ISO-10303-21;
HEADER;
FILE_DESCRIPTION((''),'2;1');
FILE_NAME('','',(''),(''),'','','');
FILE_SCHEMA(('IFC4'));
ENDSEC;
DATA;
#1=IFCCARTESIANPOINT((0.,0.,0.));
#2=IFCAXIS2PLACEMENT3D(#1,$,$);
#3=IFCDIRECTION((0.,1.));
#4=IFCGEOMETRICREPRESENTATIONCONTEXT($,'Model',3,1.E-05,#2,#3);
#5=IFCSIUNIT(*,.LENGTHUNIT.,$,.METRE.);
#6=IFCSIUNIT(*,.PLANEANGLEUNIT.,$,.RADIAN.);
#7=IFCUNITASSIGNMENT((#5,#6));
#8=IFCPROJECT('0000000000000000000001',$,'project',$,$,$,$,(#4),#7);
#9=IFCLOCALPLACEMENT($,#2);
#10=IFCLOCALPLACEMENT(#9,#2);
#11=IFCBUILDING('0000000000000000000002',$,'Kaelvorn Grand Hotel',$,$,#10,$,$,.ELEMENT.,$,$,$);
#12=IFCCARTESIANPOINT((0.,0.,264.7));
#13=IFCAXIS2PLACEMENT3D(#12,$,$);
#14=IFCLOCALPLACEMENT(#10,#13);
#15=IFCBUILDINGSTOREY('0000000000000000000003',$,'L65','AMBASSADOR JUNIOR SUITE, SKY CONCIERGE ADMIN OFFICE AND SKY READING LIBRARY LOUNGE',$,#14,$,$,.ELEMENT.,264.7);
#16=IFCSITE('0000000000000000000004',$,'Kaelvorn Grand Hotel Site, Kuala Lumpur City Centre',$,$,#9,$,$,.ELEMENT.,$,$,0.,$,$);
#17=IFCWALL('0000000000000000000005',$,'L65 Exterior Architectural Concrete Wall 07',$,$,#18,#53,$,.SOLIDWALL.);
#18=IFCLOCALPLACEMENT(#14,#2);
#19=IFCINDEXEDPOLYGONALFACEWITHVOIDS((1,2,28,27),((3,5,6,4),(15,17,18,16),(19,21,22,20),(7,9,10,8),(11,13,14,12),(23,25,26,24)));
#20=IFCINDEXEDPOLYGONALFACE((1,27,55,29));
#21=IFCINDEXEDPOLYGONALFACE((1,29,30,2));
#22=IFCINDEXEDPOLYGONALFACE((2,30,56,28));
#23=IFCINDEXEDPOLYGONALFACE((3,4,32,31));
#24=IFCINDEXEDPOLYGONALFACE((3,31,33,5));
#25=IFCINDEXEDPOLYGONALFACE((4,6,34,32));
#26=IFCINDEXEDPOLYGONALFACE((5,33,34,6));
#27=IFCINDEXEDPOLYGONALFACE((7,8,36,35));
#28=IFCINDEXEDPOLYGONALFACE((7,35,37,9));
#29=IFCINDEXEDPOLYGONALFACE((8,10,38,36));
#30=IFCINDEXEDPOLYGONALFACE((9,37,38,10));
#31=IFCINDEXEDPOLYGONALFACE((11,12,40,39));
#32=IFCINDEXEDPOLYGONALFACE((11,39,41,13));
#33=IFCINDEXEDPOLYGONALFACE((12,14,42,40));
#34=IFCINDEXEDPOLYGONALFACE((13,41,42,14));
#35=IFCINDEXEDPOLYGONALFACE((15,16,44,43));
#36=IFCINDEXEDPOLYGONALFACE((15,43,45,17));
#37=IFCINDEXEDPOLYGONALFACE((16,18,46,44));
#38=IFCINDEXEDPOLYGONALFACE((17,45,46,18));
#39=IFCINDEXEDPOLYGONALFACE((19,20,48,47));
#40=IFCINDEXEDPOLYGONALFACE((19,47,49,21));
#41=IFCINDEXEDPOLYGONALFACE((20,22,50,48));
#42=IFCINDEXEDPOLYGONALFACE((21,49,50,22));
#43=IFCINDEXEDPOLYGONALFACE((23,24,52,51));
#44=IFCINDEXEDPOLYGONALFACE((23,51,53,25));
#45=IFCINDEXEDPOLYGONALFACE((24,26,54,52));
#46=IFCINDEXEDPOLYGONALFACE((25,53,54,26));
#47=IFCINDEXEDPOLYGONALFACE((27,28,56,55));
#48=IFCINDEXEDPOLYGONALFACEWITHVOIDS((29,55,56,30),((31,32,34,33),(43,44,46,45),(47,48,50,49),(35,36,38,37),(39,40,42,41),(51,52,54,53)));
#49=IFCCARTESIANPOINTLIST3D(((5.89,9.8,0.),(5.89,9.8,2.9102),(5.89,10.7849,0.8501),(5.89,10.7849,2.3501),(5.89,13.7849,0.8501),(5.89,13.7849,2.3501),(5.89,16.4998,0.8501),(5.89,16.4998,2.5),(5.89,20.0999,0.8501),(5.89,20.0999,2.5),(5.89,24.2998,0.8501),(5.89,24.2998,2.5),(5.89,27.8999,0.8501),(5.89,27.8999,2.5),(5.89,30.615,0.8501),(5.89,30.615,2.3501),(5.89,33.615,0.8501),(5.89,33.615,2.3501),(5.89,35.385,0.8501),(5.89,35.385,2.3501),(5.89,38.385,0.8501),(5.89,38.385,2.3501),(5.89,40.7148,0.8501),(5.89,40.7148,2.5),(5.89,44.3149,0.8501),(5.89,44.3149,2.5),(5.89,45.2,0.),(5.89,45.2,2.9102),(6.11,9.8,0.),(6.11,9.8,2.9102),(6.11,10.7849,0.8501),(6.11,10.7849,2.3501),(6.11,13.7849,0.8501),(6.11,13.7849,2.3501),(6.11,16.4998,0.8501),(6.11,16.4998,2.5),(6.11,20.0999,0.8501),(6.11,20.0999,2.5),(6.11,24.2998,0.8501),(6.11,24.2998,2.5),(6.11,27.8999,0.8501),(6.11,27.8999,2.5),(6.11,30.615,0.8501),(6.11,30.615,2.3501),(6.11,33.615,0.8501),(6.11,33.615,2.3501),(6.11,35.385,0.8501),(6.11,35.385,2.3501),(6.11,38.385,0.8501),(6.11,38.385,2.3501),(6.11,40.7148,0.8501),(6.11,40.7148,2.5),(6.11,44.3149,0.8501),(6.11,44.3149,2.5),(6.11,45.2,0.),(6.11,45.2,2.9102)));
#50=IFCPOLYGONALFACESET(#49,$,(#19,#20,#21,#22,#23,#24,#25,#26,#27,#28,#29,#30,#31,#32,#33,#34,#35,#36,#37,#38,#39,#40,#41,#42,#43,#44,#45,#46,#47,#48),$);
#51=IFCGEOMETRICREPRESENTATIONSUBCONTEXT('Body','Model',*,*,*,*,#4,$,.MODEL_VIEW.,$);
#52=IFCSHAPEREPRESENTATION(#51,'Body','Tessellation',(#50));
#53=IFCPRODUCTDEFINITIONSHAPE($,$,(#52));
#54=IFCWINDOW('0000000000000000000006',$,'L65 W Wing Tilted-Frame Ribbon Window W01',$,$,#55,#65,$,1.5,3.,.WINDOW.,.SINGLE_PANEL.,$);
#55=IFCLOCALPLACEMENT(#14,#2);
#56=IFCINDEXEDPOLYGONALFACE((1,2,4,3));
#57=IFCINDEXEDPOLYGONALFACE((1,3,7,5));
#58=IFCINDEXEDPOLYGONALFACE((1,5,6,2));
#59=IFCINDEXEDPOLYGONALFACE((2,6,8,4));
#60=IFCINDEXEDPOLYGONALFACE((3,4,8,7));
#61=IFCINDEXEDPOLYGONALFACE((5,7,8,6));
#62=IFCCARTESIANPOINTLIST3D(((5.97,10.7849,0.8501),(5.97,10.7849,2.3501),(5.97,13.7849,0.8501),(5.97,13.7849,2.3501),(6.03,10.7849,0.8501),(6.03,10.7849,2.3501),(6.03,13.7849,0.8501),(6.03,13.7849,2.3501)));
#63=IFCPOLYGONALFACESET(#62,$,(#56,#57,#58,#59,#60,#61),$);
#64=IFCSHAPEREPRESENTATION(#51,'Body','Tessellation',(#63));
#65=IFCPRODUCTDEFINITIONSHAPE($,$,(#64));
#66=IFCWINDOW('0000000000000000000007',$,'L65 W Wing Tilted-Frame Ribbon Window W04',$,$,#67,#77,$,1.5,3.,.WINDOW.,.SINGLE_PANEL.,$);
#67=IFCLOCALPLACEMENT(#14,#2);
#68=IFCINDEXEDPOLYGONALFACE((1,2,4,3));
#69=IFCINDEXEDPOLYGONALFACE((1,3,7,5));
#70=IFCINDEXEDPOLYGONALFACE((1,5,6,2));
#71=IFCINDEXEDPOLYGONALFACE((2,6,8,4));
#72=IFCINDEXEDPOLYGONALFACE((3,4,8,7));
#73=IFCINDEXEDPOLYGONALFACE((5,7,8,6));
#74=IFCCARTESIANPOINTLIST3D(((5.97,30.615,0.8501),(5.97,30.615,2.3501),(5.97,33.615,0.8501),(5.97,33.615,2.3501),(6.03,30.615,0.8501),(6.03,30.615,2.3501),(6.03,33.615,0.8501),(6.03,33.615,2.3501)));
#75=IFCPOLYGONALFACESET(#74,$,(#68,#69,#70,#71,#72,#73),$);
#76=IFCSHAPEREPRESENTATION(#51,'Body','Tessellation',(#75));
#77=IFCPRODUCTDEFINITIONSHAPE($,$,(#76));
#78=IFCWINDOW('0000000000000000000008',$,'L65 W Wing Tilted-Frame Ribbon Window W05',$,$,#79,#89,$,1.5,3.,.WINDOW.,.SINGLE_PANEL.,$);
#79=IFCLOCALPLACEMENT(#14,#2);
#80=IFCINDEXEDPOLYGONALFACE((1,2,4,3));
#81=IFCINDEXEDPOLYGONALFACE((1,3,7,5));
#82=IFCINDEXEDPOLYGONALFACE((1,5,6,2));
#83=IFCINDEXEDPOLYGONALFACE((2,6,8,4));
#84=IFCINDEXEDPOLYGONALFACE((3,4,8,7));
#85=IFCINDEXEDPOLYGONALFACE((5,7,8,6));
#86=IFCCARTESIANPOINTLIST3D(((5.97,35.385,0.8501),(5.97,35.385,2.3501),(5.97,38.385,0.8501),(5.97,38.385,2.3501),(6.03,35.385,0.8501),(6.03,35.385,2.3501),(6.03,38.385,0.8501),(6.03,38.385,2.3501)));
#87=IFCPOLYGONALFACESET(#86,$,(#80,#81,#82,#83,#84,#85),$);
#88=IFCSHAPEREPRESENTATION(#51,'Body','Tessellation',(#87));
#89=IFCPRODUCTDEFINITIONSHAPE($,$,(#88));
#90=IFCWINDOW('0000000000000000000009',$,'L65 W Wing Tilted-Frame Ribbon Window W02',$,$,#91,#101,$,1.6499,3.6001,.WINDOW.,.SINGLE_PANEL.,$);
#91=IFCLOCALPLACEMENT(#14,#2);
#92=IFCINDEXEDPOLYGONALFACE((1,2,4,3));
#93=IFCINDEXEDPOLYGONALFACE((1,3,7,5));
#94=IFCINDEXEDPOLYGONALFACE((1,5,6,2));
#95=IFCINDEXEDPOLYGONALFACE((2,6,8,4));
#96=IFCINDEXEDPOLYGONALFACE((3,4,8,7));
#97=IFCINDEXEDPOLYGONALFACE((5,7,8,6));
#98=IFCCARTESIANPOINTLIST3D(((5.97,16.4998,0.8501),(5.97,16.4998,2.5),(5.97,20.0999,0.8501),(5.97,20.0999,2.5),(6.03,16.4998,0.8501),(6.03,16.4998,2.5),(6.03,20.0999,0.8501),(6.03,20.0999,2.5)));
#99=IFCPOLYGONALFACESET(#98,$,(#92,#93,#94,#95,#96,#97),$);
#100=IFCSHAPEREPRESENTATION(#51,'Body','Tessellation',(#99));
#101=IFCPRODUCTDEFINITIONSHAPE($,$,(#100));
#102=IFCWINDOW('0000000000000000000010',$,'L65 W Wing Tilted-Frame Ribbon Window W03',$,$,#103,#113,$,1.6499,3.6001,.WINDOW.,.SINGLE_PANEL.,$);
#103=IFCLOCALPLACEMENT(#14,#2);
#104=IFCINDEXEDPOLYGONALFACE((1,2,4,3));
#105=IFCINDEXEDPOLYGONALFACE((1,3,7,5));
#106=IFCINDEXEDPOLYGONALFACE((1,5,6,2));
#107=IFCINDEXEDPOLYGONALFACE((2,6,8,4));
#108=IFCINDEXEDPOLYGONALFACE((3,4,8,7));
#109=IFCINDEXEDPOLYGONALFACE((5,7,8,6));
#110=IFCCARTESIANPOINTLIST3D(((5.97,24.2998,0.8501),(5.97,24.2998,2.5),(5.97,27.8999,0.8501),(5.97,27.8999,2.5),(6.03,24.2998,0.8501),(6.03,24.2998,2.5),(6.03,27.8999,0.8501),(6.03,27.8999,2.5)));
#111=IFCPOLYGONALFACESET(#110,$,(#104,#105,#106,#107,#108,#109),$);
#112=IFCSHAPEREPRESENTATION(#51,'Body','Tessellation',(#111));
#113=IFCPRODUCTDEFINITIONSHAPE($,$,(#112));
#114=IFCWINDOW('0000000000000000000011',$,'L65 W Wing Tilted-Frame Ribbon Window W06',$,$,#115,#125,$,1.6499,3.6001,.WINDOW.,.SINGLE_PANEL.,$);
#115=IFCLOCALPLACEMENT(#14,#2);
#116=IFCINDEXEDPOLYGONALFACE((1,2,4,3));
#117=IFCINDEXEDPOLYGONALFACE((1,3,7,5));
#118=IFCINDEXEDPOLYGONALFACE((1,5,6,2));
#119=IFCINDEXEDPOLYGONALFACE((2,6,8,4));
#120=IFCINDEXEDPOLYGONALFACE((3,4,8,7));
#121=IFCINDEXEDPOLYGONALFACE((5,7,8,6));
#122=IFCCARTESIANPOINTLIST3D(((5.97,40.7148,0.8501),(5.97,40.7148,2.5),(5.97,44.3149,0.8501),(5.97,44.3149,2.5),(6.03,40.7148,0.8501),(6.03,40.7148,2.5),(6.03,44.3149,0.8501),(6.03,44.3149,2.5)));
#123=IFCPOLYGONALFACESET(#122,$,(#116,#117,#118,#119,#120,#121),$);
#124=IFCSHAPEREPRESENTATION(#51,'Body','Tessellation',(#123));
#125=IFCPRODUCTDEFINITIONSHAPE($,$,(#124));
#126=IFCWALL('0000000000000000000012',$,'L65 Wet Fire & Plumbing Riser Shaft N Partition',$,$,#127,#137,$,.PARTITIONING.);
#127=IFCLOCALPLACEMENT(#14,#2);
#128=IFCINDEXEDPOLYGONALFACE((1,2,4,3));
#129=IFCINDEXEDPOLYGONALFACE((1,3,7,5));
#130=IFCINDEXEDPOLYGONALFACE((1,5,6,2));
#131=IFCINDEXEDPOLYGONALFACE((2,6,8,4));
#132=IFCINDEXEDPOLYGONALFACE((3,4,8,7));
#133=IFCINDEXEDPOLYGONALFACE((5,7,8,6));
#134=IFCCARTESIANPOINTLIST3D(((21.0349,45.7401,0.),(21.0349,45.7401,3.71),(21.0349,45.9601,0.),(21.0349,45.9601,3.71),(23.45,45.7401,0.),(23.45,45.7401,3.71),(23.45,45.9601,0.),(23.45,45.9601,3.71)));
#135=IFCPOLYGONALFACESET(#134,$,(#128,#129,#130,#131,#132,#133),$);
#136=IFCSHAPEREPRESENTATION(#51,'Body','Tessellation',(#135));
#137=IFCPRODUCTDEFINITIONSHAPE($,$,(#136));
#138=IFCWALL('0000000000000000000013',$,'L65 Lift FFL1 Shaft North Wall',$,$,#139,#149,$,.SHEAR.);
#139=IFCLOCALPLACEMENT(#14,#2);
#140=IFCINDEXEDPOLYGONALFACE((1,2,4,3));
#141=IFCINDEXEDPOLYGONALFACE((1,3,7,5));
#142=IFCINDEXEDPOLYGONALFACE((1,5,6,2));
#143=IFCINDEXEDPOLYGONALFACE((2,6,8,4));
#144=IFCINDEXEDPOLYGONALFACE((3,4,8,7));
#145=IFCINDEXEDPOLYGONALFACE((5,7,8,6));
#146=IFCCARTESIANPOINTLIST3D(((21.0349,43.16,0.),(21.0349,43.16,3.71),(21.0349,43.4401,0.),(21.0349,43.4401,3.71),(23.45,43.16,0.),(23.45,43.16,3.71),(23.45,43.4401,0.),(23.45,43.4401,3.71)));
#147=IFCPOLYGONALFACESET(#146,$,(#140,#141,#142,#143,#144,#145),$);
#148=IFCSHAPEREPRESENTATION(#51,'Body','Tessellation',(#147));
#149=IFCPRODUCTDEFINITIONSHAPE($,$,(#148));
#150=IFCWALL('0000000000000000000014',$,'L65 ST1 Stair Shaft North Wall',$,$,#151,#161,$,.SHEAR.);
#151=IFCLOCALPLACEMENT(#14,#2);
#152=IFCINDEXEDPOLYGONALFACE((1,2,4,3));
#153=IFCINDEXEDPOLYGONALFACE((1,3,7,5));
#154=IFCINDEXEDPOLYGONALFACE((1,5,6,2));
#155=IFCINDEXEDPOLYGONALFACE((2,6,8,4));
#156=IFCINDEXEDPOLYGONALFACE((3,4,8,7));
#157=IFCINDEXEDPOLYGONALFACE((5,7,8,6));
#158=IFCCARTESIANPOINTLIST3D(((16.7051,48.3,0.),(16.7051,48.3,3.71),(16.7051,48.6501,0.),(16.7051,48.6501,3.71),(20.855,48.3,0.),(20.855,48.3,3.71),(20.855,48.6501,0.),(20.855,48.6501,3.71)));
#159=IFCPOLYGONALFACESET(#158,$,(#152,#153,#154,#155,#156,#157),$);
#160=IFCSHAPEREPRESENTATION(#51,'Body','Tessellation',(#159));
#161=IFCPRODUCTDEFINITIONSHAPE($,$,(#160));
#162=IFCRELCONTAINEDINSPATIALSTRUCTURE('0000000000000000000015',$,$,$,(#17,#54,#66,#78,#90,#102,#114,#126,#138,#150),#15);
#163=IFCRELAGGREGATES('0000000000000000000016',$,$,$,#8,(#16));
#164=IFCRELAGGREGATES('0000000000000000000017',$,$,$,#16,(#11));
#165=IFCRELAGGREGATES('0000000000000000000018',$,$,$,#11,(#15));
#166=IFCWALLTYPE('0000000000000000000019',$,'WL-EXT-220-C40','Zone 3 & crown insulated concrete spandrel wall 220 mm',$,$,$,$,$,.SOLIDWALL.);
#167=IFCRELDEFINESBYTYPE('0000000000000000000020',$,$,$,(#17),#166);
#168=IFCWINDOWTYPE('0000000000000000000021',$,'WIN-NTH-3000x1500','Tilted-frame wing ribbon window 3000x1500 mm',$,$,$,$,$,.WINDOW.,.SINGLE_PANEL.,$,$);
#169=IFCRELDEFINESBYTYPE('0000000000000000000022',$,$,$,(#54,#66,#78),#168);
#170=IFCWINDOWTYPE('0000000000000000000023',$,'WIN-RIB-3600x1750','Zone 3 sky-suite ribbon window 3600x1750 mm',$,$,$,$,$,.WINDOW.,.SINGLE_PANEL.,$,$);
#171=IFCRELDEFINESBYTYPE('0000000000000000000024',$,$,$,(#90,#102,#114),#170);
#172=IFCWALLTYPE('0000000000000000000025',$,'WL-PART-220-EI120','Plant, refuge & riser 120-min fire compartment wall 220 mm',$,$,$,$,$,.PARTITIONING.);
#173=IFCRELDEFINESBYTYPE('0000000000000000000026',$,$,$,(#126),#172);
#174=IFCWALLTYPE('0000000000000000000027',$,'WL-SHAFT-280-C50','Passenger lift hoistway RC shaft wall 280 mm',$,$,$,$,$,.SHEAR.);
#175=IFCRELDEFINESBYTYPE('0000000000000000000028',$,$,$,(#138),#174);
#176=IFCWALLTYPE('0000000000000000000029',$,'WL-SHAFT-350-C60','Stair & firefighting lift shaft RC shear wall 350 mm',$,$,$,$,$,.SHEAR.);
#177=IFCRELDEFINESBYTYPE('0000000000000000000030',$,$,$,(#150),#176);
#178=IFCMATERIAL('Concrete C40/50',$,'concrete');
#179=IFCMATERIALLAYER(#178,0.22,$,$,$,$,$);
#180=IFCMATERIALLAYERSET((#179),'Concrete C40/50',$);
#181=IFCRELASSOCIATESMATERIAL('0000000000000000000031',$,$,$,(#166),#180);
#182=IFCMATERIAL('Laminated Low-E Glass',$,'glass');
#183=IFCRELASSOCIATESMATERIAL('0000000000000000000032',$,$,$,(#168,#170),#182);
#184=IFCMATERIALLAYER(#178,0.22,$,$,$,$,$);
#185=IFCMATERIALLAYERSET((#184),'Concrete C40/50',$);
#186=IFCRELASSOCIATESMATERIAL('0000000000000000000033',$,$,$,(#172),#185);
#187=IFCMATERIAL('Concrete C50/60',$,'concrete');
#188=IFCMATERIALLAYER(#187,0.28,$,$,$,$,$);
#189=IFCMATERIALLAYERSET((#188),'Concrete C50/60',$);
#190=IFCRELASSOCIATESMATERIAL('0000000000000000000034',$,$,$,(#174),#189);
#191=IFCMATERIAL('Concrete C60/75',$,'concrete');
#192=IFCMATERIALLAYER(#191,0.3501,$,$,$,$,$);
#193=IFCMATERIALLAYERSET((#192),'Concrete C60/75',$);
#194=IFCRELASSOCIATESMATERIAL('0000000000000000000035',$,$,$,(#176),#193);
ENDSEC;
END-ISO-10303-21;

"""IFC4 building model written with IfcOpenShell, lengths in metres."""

from ifc_helpers import new_model, si_unit, direction, frame, frame_2d, origin, place, context, subcontext, project, spatial, rectangle, extrude, material, layer, layer_set, type_object, element, fill, save


model = new_model("IFC4")

# Units and contexts
model_context = context("Model", 3, precision=1e-05, world=origin(), true_north=direction((0.0, 1.0)))
body_context = subcontext(model_context, "Body", "Model", "MODEL_VIEW")
ifc_project = project(units=[si_unit("LENGTHUNIT", "METRE"), si_unit("PLANEANGLEUNIT", "RADIAN")], contexts=[model_context])

# Site, building, storey
site_placement = place(None, origin())
site = spatial("IfcSite", under=ifc_project, at=site_placement, Name="Kaelvorn Grand Hotel Site, Kuala Lumpur City Centre", CompositionType="ELEMENT", RefElevation=0.0)
building_placement = place(site_placement, origin())
building = spatial("IfcBuilding", under=site, at=building_placement, Name="Kaelvorn Grand Hotel", CompositionType="ELEMENT")
storey_placement = place(building_placement, frame((0.0, 0.0, 264.7)))
storey = spatial("IfcBuildingStorey", under=building, at=storey_placement, Name="L65", Description="AMBASSADOR JUNIOR SUITE, SKY CONCIERGE ADMIN OFFICE AND SKY READING LIBRARY LOUNGE", CompositionType="ELEMENT", Elevation=264.7)

# Shared definitions
ifc_material_1 = material(Name="Concrete C60/75", Category="concrete")
ifc_material_2 = material(Name="Concrete C50/60", Category="concrete")

# Shared definitions
ifc_material_3 = material(Name="Concrete C40/50", Category="concrete")
ifc_layer_1 = layer(ifc_material_3, 0.22)
ifc_layer_set_1 = layer_set([ifc_layer_1], Name="Concrete C40/50")
wall_type_1 = type_object("IfcWallType", Name="WL-EXT-220-C40", Description="Zone 3 & crown insulated concrete spandrel wall 220 mm", PredefinedType="SOLIDWALL", material=ifc_layer_set_1)
ifc_material_4 = material(Name="Laminated Low-E Glass", Category="glass")

# Wall, openings, windows
wall_1_placement = place(storey_placement, frame((6.0, 45.2, 0.0), z_axis=(0.0, 0.0, 1.0), x_axis=(0.0, -1.0, 0.0)))
wall_1 = element("IfcWall", 1, at=wall_1_placement, inside=storey, type_object=wall_type_1, Name="L65 Exterior Architectural Concrete Wall 07", PredefinedType="SOLIDWALL", context=body_context, shape_type="SweptSolid", body=[
    extrude(rectangle(XDim=35.3999, YDim=0.22, at=frame_2d((17.7, 0.0))), origin(), (0.0, 0.0, 1.0), 2.9102),
])
opening_1_placement = place(wall_1_placement, frame((31.415, 0.0, 0.8501)))
opening_1 = element("IfcOpeningElement", 2, at=opening_1_placement, cuts=wall_1, PredefinedType="OPENING", context=body_context, shape_type="SweptSolid", body=[
    extrude(rectangle(XDim=3.0, YDim=1.5, at=frame_2d((1.5, 0.75))), frame((0.0, 0.1201, 0.0), z_axis=(0.0, -1.0, 0.0), x_axis=(1.0, 0.0, 0.0)), (0.0, 0.0, 1.0), 0.24),
])
opening_2_placement = place(wall_1_placement, frame((25.1001, 0.0, 0.8501)))
opening_2 = element("IfcOpeningElement", 3, at=opening_2_placement, cuts=wall_1, PredefinedType="OPENING", context=body_context, shape_type="SweptSolid", body=[
    extrude(rectangle(XDim=3.6001, YDim=1.6499, at=frame_2d((1.8, 0.825))), frame((0.0, 0.1201, 0.0), z_axis=(0.0, -1.0, 0.0), x_axis=(1.0, 0.0, 0.0)), (0.0, 0.0, 1.0), 0.24),
])
opening_3_placement = place(wall_1_placement, frame((17.3, 0.0, 0.8501)))
opening_3 = element("IfcOpeningElement", 4, at=opening_3_placement, cuts=wall_1, PredefinedType="OPENING", context=body_context, shape_type="SweptSolid", body=[
    extrude(rectangle(XDim=3.6001, YDim=1.6499, at=frame_2d((1.8, 0.825))), frame((0.0, 0.1201, 0.0), z_axis=(0.0, -1.0, 0.0), x_axis=(1.0, 0.0, 0.0)), (0.0, 0.0, 1.0), 0.24),
])
opening_4_placement = place(wall_1_placement, frame((11.585, 0.0, 0.8501)))
opening_4 = element("IfcOpeningElement", 5, at=opening_4_placement, cuts=wall_1, PredefinedType="OPENING", context=body_context, shape_type="SweptSolid", body=[
    extrude(rectangle(XDim=3.0, YDim=1.5, at=frame_2d((1.5, 0.75))), frame((0.0, 0.1201, 0.0), z_axis=(0.0, -1.0, 0.0), x_axis=(1.0, 0.0, 0.0)), (0.0, 0.0, 1.0), 0.24),
])
opening_5_placement = place(wall_1_placement, frame((6.8149, 0.0, 0.8501)))
opening_5 = element("IfcOpeningElement", 6, at=opening_5_placement, cuts=wall_1, PredefinedType="OPENING", context=body_context, shape_type="SweptSolid", body=[
    extrude(rectangle(XDim=3.0, YDim=1.5, at=frame_2d((1.5, 0.75))), frame((0.0, 0.1201, 0.0), z_axis=(0.0, -1.0, 0.0), x_axis=(1.0, 0.0, 0.0)), (0.0, 0.0, 1.0), 0.24),
])
opening_6_placement = place(wall_1_placement, frame((0.885, 0.0, 0.8501)))
opening_6 = element("IfcOpeningElement", 7, at=opening_6_placement, cuts=wall_1, PredefinedType="OPENING", context=body_context, shape_type="SweptSolid", body=[
    extrude(rectangle(XDim=3.6001, YDim=1.6499, at=frame_2d((1.8, 0.825))), frame((0.0, 0.1201, 0.0), z_axis=(0.0, -1.0, 0.0), x_axis=(1.0, 0.0, 0.0)), (0.0, 0.0, 1.0), 0.24),
])
window_type_1 = type_object("IfcWindowType", Name="WIN-NTH-3000x1500", Description="Tilted-frame wing ribbon window 3000x1500 mm", PartitioningType="SINGLE_PANEL", PredefinedType="WINDOW", material=ifc_material_4)
window_1_placement = place(opening_1_placement, origin())
window_1 = element("IfcWindow", 8, at=window_1_placement, inside=storey, type_object=window_type_1, Name="L65 W Wing Tilted-Frame Ribbon Window W01", OverallHeight=1.5, OverallWidth=3.0, PartitioningType="SINGLE_PANEL", PredefinedType="WINDOW", context=body_context, shape_type="SweptSolid", body=[
    extrude(rectangle(XDim=3.0, YDim=1.5, at=frame_2d((1.5, 0.75))), frame((0.0, 0.03, 0.0), z_axis=(0.0, -1.0, 0.0), x_axis=(1.0, 0.0, 0.0)), (0.0, 0.0, 1.0), 0.0601),
])
fill(opening_1, window_1)
window_2_placement = place(opening_4_placement, origin())
window_2 = element("IfcWindow", 9, at=window_2_placement, inside=storey, type_object=window_type_1, Name="L65 W Wing Tilted-Frame Ribbon Window W04", OverallHeight=1.5, OverallWidth=3.0, PartitioningType="SINGLE_PANEL", PredefinedType="WINDOW", context=body_context, shape_type="SweptSolid", body=[
    extrude(rectangle(XDim=3.0, YDim=1.5, at=frame_2d((1.5, 0.75))), frame((0.0, 0.03, 0.0), z_axis=(0.0, -1.0, 0.0), x_axis=(1.0, 0.0, 0.0)), (0.0, 0.0, 1.0), 0.0601),
])
fill(opening_4, window_2)
window_3_placement = place(opening_5_placement, origin())
window_3 = element("IfcWindow", 10, at=window_3_placement, inside=storey, type_object=window_type_1, Name="L65 W Wing Tilted-Frame Ribbon Window W05", OverallHeight=1.5, OverallWidth=3.0, PartitioningType="SINGLE_PANEL", PredefinedType="WINDOW", context=body_context, shape_type="SweptSolid", body=[
    extrude(rectangle(XDim=3.0, YDim=1.5, at=frame_2d((1.5, 0.75))), frame((0.0, 0.03, 0.0), z_axis=(0.0, -1.0, 0.0), x_axis=(1.0, 0.0, 0.0)), (0.0, 0.0, 1.0), 0.0601),
])
fill(opening_5, window_3)
window_type_2 = type_object("IfcWindowType", Name="WIN-RIB-3600x1750", Description="Zone 3 sky-suite ribbon window 3600x1750 mm", PartitioningType="SINGLE_PANEL", PredefinedType="WINDOW", material=ifc_material_4)
window_4_placement = place(opening_2_placement, origin())
window_4 = element("IfcWindow", 11, at=window_4_placement, inside=storey, type_object=window_type_2, Name="L65 W Wing Tilted-Frame Ribbon Window W02", OverallHeight=1.6499, OverallWidth=3.6001, PartitioningType="SINGLE_PANEL", PredefinedType="WINDOW", context=body_context, shape_type="SweptSolid", body=[
    extrude(rectangle(XDim=3.6001, YDim=1.6499, at=frame_2d((1.8, 0.825))), frame((0.0, 0.03, 0.0), z_axis=(0.0, -1.0, 0.0), x_axis=(1.0, 0.0, 0.0)), (0.0, 0.0, 1.0), 0.0601),
])
fill(opening_2, window_4)
window_5_placement = place(opening_3_placement, origin())
window_5 = element("IfcWindow", 12, at=window_5_placement, inside=storey, type_object=window_type_2, Name="L65 W Wing Tilted-Frame Ribbon Window W03", OverallHeight=1.6499, OverallWidth=3.6001, PartitioningType="SINGLE_PANEL", PredefinedType="WINDOW", context=body_context, shape_type="SweptSolid", body=[
    extrude(rectangle(XDim=3.6001, YDim=1.6499, at=frame_2d((1.8, 0.825))), frame((0.0, 0.03, 0.0), z_axis=(0.0, -1.0, 0.0), x_axis=(1.0, 0.0, 0.0)), (0.0, 0.0, 1.0), 0.0601),
])
fill(opening_3, window_5)
window_6_placement = place(opening_6_placement, origin())
window_6 = element("IfcWindow", 13, at=window_6_placement, inside=storey, type_object=window_type_2, Name="L65 W Wing Tilted-Frame Ribbon Window W06", OverallHeight=1.6499, OverallWidth=3.6001, PartitioningType="SINGLE_PANEL", PredefinedType="WINDOW", context=body_context, shape_type="SweptSolid", body=[
    extrude(rectangle(XDim=3.6001, YDim=1.6499, at=frame_2d((1.8, 0.825))), frame((0.0, 0.03, 0.0), z_axis=(0.0, -1.0, 0.0), x_axis=(1.0, 0.0, 0.0)), (0.0, 0.0, 1.0), 0.0601),
])
fill(opening_6, window_6)

# Walls
ifc_layer_2 = layer(ifc_material_3, 0.22)
ifc_layer_set_2 = layer_set([ifc_layer_2], Name="Concrete C40/50")
wall_type_2 = type_object("IfcWallType", Name="WL-PART-220-EI120", Description="Plant, refuge & riser 120-min fire compartment wall 220 mm", PredefinedType="PARTITIONING", material=ifc_layer_set_2)
wall_2_placement = place(storey_placement, frame((21.0349, 45.8501, 0.0), z_axis=(0.0, 0.0, 1.0), x_axis=(1.0, 0.0, 0.0)))
element("IfcWall", 14, at=wall_2_placement, inside=storey, type_object=wall_type_2, Name="L65 Wet Fire & Plumbing Riser Shaft N Partition", PredefinedType="PARTITIONING", context=body_context, shape_type="SweptSolid", body=[
    extrude(rectangle(XDim=2.415, YDim=0.22, at=frame_2d((1.2075, 0.0))), origin(), (0.0, 0.0, 1.0), 3.71),
])
ifc_layer_3 = layer(ifc_material_2, 0.28)
ifc_layer_set_3 = layer_set([ifc_layer_3], Name="Concrete C50/60")
wall_type_3 = type_object("IfcWallType", Name="WL-SHAFT-280-C50", Description="Passenger lift hoistway RC shaft wall 280 mm", PredefinedType="SHEAR", material=ifc_layer_set_3)
wall_3_placement = place(storey_placement, frame((21.0349, 43.3, 0.0), z_axis=(0.0, 0.0, 1.0), x_axis=(1.0, 0.0, 0.0)))
element("IfcWall", 15, at=wall_3_placement, inside=storey, type_object=wall_type_3, Name="L65 Lift FFL1 Shaft North Wall", PredefinedType="SHEAR", context=body_context, shape_type="SweptSolid", body=[
    extrude(rectangle(XDim=2.415, YDim=0.28, at=frame_2d((1.2075, 0.0))), origin(), (0.0, 0.0, 1.0), 3.71),
])
ifc_layer_4 = layer(ifc_material_1, 0.3501)
ifc_layer_set_4 = layer_set([ifc_layer_4], Name="Concrete C60/75")
wall_type_4 = type_object("IfcWallType", Name="WL-SHAFT-350-C60", Description="Stair & firefighting lift shaft RC shear wall 350 mm", PredefinedType="SHEAR", material=ifc_layer_set_4)
wall_4_placement = place(storey_placement, frame((16.7051, 48.4751, 0.0), z_axis=(0.0, 0.0, 1.0), x_axis=(1.0, 0.0, 0.0)))
element("IfcWall", 16, at=wall_4_placement, inside=storey, type_object=wall_type_4, Name="L65 ST1 Stair Shaft North Wall", PredefinedType="SHEAR", context=body_context, shape_type="SweptSolid", body=[
    extrude(rectangle(XDim=4.1499, YDim=0.3501, at=frame_2d((2.075, 0.0))), origin(), (0.0, 0.0, 1.0), 3.71),
])

save(model, "model.ifc")
